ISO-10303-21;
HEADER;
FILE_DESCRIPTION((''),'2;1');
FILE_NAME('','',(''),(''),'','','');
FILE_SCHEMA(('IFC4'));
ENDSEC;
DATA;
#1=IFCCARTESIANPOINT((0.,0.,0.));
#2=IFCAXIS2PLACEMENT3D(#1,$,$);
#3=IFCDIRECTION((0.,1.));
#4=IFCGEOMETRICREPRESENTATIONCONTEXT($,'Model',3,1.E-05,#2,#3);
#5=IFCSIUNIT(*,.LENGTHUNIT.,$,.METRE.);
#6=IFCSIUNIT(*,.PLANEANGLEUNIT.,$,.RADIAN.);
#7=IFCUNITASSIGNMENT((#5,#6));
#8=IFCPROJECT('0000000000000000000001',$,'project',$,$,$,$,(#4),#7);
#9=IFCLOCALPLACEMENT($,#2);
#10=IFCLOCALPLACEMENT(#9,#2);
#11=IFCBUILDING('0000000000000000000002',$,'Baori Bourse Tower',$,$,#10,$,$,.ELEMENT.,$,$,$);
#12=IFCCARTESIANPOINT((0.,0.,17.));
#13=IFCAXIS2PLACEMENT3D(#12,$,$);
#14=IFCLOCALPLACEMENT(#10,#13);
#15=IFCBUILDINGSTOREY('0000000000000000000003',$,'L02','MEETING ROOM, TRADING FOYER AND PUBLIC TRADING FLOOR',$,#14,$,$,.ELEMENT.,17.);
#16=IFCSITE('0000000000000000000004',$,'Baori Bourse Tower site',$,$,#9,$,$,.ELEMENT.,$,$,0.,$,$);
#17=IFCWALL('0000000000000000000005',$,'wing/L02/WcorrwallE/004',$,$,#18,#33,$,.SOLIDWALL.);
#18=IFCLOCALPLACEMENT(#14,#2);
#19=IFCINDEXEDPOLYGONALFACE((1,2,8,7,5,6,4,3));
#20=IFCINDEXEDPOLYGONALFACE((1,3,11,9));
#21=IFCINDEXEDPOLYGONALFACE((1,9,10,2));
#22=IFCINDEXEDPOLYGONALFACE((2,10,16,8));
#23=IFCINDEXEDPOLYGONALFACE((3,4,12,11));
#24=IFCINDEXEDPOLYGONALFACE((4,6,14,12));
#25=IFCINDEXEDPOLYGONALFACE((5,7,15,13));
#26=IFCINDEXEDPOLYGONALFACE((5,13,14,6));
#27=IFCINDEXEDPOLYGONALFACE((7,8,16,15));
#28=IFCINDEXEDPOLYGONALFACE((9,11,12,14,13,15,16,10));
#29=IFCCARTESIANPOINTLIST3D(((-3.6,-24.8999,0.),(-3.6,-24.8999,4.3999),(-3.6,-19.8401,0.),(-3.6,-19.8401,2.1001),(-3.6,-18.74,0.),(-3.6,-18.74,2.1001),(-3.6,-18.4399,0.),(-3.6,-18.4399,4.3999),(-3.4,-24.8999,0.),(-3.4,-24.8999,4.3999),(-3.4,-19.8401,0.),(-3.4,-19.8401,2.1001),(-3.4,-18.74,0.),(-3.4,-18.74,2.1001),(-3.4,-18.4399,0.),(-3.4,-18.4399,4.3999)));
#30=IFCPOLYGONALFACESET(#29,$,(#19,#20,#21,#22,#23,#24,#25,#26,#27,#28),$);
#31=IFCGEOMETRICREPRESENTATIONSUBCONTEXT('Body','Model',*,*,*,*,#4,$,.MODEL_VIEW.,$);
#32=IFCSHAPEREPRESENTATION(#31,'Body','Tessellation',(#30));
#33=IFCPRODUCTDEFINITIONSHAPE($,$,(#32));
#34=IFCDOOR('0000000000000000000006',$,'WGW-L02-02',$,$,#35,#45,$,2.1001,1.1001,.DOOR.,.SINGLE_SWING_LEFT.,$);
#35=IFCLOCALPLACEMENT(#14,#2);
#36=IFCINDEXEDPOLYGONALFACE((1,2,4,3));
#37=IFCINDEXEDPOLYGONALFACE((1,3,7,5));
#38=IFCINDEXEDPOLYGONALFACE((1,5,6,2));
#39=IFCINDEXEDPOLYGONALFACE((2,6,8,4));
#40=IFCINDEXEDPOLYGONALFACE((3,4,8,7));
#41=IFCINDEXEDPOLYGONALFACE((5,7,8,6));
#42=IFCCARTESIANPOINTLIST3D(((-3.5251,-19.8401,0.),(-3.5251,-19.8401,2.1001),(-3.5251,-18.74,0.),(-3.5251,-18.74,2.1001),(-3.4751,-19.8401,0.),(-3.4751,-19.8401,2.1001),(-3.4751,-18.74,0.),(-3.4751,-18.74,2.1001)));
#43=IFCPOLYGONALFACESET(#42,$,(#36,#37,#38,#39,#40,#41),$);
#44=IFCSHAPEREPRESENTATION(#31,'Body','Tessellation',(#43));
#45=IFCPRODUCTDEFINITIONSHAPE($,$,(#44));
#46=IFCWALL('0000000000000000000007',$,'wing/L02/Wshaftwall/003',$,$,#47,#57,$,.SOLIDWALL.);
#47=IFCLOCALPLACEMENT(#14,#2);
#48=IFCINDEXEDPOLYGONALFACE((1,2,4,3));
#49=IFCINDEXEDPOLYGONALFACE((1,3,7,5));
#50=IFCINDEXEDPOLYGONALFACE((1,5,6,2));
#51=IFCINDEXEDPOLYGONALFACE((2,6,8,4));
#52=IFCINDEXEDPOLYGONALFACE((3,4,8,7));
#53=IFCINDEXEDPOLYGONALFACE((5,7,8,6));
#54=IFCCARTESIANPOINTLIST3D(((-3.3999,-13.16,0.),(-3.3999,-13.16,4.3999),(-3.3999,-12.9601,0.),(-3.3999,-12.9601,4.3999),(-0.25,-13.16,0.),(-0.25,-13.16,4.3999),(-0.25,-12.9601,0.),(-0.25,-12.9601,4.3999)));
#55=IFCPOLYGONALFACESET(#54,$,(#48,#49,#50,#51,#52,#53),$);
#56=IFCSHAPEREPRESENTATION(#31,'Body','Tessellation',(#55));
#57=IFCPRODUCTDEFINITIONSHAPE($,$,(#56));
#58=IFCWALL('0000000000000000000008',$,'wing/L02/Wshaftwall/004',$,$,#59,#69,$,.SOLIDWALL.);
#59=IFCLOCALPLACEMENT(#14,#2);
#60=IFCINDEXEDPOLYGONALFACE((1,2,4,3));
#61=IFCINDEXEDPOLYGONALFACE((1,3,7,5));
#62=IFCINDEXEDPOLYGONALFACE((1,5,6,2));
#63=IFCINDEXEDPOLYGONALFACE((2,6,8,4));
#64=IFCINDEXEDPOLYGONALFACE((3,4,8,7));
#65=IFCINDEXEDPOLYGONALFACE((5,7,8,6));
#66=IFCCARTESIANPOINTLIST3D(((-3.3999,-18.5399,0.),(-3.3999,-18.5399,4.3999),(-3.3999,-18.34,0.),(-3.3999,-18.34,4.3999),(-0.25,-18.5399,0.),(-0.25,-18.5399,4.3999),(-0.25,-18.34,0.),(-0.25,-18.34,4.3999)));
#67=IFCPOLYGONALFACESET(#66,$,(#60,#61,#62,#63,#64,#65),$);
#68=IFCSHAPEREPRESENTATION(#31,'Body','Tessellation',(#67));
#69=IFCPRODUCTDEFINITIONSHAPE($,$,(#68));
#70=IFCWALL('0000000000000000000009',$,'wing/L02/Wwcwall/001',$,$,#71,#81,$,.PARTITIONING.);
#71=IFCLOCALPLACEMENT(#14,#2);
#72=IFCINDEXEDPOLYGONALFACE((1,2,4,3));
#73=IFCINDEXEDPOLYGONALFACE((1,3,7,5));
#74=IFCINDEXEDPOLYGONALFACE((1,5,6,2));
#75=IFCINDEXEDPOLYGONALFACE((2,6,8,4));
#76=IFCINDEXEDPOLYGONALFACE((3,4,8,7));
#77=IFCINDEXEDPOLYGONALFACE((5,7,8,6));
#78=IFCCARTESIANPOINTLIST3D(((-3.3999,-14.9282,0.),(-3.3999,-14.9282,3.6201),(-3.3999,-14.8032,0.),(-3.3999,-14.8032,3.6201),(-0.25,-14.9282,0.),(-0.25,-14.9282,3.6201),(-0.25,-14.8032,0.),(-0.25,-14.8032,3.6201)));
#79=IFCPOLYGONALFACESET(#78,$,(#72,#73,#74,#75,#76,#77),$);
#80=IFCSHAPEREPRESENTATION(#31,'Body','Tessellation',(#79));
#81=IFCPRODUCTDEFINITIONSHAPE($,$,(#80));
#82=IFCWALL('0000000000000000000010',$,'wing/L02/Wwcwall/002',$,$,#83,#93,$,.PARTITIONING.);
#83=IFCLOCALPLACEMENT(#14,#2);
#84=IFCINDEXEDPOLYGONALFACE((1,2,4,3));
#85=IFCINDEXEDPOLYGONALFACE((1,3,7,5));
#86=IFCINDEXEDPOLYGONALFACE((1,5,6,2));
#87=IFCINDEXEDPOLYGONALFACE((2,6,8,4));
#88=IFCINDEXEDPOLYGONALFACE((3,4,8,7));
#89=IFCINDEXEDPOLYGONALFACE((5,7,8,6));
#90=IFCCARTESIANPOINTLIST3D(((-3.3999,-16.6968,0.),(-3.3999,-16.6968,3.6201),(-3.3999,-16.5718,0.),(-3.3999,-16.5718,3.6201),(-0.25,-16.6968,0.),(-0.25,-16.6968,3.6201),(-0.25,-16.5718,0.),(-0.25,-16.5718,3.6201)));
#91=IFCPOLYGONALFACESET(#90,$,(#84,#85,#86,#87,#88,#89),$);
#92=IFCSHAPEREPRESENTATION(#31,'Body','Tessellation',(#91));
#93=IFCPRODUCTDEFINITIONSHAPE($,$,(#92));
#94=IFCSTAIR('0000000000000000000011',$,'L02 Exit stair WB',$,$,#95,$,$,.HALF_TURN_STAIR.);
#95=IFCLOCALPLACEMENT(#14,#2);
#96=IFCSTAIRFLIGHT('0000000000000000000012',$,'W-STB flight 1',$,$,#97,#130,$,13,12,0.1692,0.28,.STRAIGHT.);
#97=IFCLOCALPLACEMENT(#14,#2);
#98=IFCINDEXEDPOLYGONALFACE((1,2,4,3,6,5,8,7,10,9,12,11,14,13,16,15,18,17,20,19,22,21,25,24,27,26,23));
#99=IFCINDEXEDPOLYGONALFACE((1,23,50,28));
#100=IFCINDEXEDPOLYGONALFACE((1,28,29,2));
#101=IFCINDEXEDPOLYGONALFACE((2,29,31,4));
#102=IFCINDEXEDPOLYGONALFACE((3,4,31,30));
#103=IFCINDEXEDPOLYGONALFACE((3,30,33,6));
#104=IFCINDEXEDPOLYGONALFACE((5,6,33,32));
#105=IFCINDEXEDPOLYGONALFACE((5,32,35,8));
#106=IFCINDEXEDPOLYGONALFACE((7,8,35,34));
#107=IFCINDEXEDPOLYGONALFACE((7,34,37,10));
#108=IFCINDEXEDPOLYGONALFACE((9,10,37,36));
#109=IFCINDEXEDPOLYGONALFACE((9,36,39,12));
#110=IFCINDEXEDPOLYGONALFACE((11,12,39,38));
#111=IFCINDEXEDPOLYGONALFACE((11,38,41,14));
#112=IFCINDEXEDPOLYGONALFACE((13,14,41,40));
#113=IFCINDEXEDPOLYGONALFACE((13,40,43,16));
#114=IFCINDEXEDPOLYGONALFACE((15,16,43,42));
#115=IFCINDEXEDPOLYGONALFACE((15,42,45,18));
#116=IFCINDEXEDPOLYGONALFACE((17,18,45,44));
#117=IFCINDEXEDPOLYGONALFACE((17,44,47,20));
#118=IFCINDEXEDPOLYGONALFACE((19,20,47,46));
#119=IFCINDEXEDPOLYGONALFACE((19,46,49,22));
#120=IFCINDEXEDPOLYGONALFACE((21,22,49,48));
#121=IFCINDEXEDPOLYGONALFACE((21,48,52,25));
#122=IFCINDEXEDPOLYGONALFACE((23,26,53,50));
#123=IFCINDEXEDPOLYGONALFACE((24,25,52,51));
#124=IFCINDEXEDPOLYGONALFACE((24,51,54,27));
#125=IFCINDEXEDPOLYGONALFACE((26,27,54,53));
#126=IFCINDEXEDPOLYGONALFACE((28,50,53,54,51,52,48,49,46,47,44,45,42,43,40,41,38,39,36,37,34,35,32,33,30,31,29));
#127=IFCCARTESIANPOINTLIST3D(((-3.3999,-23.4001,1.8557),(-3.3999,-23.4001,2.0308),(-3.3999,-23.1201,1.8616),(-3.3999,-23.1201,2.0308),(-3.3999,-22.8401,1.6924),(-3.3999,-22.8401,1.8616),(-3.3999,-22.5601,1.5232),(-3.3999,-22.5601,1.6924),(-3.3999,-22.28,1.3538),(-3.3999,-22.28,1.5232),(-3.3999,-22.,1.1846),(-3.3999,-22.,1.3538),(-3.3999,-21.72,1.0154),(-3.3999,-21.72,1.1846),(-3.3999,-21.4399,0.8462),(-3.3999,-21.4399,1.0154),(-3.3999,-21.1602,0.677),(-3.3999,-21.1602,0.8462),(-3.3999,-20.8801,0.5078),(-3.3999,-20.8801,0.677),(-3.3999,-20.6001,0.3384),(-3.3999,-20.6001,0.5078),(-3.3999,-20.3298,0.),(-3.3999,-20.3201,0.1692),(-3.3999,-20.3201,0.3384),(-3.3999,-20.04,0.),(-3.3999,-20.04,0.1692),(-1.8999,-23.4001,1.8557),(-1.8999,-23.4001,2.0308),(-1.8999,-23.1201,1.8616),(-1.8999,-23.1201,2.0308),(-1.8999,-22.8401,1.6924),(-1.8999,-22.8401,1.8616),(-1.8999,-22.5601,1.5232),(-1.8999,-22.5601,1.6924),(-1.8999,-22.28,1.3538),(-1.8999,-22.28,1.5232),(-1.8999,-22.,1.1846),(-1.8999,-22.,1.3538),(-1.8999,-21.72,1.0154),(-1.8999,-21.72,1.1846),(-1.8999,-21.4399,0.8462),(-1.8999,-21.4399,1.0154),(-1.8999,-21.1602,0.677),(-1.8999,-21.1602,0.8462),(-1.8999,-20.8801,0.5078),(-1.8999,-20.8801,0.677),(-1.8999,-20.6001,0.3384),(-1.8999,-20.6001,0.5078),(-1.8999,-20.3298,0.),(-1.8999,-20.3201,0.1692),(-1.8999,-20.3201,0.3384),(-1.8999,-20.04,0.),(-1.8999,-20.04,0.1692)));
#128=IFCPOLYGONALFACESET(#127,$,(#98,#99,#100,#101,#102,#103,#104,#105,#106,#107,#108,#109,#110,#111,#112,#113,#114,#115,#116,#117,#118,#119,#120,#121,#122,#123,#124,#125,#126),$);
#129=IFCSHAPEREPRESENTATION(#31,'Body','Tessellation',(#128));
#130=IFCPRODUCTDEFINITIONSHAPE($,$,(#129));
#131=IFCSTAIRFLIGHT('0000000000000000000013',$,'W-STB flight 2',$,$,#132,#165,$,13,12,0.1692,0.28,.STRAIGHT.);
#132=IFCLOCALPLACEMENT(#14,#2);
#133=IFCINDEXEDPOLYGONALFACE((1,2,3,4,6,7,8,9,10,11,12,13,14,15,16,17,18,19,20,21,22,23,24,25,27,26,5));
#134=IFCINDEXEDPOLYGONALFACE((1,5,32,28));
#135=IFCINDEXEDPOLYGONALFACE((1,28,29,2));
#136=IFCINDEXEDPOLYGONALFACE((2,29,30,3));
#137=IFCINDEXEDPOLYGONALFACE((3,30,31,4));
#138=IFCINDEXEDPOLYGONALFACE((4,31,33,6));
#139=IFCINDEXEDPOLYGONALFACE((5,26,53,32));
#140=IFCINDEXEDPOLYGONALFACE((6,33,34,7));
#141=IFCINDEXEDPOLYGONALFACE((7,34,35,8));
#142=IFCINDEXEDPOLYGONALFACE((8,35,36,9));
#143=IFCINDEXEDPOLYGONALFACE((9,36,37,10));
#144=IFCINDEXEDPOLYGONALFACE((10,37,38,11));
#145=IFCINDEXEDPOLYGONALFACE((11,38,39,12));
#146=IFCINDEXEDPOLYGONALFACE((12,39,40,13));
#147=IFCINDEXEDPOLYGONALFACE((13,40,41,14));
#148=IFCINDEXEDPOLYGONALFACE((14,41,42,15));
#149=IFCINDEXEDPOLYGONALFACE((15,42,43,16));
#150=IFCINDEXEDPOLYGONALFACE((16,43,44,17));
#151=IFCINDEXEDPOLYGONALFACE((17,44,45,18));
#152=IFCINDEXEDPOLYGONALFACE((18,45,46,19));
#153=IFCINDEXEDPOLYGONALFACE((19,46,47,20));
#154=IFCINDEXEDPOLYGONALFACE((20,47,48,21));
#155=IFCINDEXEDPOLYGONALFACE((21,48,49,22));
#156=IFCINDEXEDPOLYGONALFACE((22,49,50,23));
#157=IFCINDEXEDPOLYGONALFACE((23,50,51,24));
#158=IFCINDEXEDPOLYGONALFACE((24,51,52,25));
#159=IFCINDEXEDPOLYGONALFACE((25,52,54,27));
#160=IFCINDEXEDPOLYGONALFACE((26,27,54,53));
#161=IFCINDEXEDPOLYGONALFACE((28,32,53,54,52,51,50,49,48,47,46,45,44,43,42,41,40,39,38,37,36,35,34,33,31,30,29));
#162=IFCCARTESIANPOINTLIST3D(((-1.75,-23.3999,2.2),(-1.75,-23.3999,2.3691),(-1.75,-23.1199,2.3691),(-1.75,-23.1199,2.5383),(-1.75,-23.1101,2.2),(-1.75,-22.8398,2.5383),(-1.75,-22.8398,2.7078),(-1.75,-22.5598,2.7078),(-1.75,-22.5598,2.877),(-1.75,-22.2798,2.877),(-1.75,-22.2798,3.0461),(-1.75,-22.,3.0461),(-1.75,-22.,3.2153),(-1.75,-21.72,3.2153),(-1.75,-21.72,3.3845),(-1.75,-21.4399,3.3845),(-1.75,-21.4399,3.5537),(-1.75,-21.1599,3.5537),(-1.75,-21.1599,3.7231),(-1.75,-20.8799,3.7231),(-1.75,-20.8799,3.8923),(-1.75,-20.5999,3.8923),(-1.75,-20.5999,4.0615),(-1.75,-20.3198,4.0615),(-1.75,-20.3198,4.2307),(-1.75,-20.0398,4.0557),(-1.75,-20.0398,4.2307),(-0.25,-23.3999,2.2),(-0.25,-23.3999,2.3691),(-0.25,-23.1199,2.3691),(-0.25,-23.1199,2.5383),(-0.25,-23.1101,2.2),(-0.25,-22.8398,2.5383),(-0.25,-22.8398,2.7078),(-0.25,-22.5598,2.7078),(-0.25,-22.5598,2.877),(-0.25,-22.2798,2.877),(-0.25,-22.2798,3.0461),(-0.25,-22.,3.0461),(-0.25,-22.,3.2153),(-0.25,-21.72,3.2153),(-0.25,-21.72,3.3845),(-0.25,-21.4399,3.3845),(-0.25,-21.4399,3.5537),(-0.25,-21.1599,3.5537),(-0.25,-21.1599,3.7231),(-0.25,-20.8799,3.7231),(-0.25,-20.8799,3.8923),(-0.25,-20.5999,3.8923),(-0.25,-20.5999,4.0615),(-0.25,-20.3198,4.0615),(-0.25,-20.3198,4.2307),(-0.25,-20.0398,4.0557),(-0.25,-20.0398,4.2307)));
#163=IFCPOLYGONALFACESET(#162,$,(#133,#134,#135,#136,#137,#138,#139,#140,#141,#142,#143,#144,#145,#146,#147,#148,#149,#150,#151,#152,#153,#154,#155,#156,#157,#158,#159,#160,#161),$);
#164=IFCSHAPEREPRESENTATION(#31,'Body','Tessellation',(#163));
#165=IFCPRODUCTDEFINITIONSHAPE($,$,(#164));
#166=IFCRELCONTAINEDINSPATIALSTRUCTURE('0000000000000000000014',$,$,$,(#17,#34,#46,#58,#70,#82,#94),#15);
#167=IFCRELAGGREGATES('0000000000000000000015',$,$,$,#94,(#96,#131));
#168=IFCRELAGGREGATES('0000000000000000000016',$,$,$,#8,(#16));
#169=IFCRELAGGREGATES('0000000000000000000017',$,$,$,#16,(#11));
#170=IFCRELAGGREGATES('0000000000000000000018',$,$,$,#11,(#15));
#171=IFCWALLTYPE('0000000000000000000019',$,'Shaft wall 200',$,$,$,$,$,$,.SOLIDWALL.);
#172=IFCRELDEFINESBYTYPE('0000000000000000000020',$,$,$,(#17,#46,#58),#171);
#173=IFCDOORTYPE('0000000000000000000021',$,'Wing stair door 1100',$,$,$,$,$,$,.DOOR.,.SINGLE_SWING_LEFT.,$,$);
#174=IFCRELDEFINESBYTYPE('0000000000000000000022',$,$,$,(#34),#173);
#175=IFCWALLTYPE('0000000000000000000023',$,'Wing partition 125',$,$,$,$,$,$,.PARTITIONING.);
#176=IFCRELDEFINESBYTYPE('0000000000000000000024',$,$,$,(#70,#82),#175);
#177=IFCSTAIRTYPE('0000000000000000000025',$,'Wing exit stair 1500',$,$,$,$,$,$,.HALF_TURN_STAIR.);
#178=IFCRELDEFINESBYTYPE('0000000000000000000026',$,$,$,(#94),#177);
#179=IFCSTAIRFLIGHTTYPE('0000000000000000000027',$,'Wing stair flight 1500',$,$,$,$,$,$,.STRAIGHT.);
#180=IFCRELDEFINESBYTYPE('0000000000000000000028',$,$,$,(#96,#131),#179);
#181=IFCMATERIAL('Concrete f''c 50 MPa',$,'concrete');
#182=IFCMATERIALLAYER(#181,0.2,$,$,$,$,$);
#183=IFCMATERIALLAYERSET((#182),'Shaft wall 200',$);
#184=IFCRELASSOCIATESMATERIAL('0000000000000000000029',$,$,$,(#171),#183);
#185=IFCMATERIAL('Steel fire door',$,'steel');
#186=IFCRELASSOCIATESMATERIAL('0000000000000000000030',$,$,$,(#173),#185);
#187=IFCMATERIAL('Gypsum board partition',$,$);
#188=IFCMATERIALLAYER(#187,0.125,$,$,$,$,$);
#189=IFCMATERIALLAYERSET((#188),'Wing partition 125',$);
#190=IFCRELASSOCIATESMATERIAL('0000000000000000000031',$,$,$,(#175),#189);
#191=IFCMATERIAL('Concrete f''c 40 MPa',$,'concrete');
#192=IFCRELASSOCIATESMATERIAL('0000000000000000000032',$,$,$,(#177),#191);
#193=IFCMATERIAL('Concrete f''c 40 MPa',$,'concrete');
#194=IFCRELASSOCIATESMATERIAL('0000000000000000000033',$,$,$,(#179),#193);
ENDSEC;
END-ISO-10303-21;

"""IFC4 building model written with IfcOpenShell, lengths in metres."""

from ifc_helpers import new_model, si_unit, direction, frame, frame_2d, origin, place, context, subcontext, project, spatial, polyline, rectangle, outline, extrude, material, layer, layer_set, type_object, element, fill, aggregate, save


model = new_model("IFC4")

# Units and contexts
model_context = context("Model", 3, precision=1e-05, world=origin(), true_north=direction((0.0, 1.0)))
body_context = subcontext(model_context, "Body", "Model", "MODEL_VIEW")
ifc_project = project(units=[si_unit("LENGTHUNIT", "METRE"), si_unit("PLANEANGLEUNIT", "RADIAN")], contexts=[model_context])

# Site, building, storey
site_placement = place(None, origin())
site = spatial("IfcSite", under=ifc_project, at=site_placement, Name="Baori Bourse Tower site", CompositionType="ELEMENT", RefElevation=0.0)
building_placement = place(site_placement, origin())
building = spatial("IfcBuilding", under=site, at=building_placement, Name="Baori Bourse Tower", CompositionType="ELEMENT")
storey_placement = place(building_placement, frame((0.0, 0.0, 17.0)))
storey = spatial("IfcBuildingStorey", under=building, at=storey_placement, Name="L02", Description="MEETING ROOM, TRADING FOYER AND PUBLIC TRADING FLOOR", CompositionType="ELEMENT", Elevation=17.0)

# Shared definitions
ifc_material_1 = material(Name="Concrete f'c 50 MPa", Category="concrete")
ifc_layer_1 = layer(ifc_material_1, 0.2)
ifc_layer_set_1 = layer_set([ifc_layer_1], Name="Shaft wall 200")
wall_type_1 = type_object("IfcWallType", Name="Shaft wall 200", PredefinedType="SOLIDWALL", material=ifc_layer_set_1)

# Wall, opening, door
wall_1_placement = place(storey_placement, frame((-3.5, -18.4399, 0.0), z_axis=(0.0, 0.0, 1.0), x_axis=(0.0, -1.0, 0.0)))
wall_1 = element("IfcWall", 1, at=wall_1_placement, inside=storey, type_object=wall_type_1, Name="wing/L02/WcorrwallE/004", PredefinedType="SOLIDWALL", context=body_context, shape_type="SweptSolid", body=[
    extrude(rectangle(XDim=6.46, YDim=0.2, at=frame_2d((3.23, 0.0))), origin(), (0.0, 0.0, 1.0), 4.3999),
])
opening_1_placement = place(wall_1_placement, frame((0.3, 0.0, 0.0)))
opening_1 = element("IfcOpeningElement", 2, at=opening_1_placement, cuts=wall_1, PredefinedType="OPENING", context=body_context, shape_type="SweptSolid", body=[
    extrude(rectangle(XDim=1.1001, YDim=2.1001, at=frame_2d((0.55, 1.05))), frame((0.0, 0.1099, 0.0), z_axis=(0.0, -1.0, 0.0), x_axis=(1.0, 0.0, 0.0)), (0.0, 0.0, 1.0), 0.22),
])
ifc_material_2 = material(Name="Steel fire door", Category="steel")
door_type_1 = type_object("IfcDoorType", Name="Wing stair door 1100", OperationType="SINGLE_SWING_LEFT", PredefinedType="DOOR", material=ifc_material_2)
door_1_placement = place(opening_1_placement, origin())
door_1 = element("IfcDoor", 3, at=door_1_placement, inside=storey, type_object=door_type_1, Name="WGW-L02-02", OperationType="SINGLE_SWING_LEFT", OverallHeight=2.1001, OverallWidth=1.1001, PredefinedType="DOOR", context=body_context, shape_type="SweptSolid", body=[
    extrude(rectangle(XDim=1.1001, YDim=2.1001, at=frame_2d((0.55, 1.05))), frame((0.0, 0.0249, 0.0), z_axis=(0.0, -1.0, 0.0), x_axis=(1.0, 0.0, 0.0)), (0.0, 0.0, 1.0), 0.05),
])
fill(opening_1, door_1)

# Walls
for number, where, z_axis, x_axis, name in (
    (4, (-3.3999, -13.0601, 0.0), (0.0, 0.0, 1.0), (1.0, 0.0, 0.0), "wing/L02/Wshaftwall/003"),
    (5, (-3.3999, -18.4399, 0.0), (0.0, 0.0, 1.0), (1.0, 0.0, 0.0), "wing/L02/Wshaftwall/004"),
):
    element("IfcWall", number, at=place(storey_placement, frame(where, z_axis=z_axis, x_axis=x_axis)), inside=storey, type_object=wall_type_1, Name=name, PredefinedType="SOLIDWALL", context=body_context, shape_type="SweptSolid", body=[
        extrude(rectangle(XDim=3.1499, YDim=0.2, at=frame_2d((1.575, 0.0))), origin(), (0.0, 0.0, 1.0), 4.3999),
    ])
ifc_material_3 = material(Name="Gypsum board partition")
ifc_layer_2 = layer(ifc_material_3, 0.125)
ifc_layer_set_2 = layer_set([ifc_layer_2], Name="Wing partition 125")
wall_type_2 = type_object("IfcWallType", Name="Wing partition 125", PredefinedType="PARTITIONING", material=ifc_layer_set_2)
for number, where, z_axis, x_axis, name in (
    (6, (-3.3999, -14.8657, 0.0), (0.0, 0.0, 1.0), (1.0, 0.0, 0.0), "wing/L02/Wwcwall/001"),
    (7, (-3.3999, -16.6343, 0.0), (0.0, 0.0, 1.0), (1.0, 0.0, 0.0), "wing/L02/Wwcwall/002"),
):
    element("IfcWall", number, at=place(storey_placement, frame(where, z_axis=z_axis, x_axis=x_axis)), inside=storey, type_object=wall_type_2, Name=name, PredefinedType="PARTITIONING", context=body_context, shape_type="SweptSolid", body=[
        extrude(rectangle(XDim=3.1499, YDim=0.125, at=frame_2d((1.575, 0.0))), origin(), (0.0, 0.0, 1.0), 3.6201),
    ])

# Stair, stair flights
ifc_material_4 = material(Name="Concrete f'c 40 MPa", Category="concrete")
stair_type = type_object("IfcStairType", Name="Wing exit stair 1500", PredefinedType="HALF_TURN_STAIR", material=ifc_material_4)
stair_placement = place(storey_placement, origin())
stair = element("IfcStair", 8, at=stair_placement, inside=storey, type_object=stair_type, Name="L02 Exit stair WB", PredefinedType="HALF_TURN_STAIR")
ifc_material_5 = material(Name="Concrete f'c 40 MPa", Category="concrete")
stair_flight_type = type_object("IfcStairFlightType", Name="Wing stair flight 1500", PredefinedType="STRAIGHT", material=ifc_material_5)
stair_flight_1_placement = place(storey_placement, frame((-2.6499, -20.04, 0.0), z_axis=(0.0, 0.0, 1.0), x_axis=(0.0, -1.0, 0.0)))
stair_flight_1 = element("IfcStairFlight", 9, at=stair_flight_1_placement, type_object=stair_flight_type, Name="W-STB flight 1", NumberOfRisers=13, NumberOfTreads=12, PredefinedType="STRAIGHT", RiserHeight=0.1692, TreadLength=0.28, context=body_context, shape_type="SweptSolid", body=[
    extrude(outline(polyline([(0.0, 0.0), (0.0, 0.1692), (0.28, 0.1692), (0.28, 0.3384), (0.5601, 0.3384), (0.5601, 0.5078), (0.8401, 0.5078), (0.8401, 0.677), (1.1201, 0.677), (1.1201, 0.8462), (1.3999, 0.8462), (1.3999, 1.0154), (1.6799, 1.0154), (1.6799, 1.1846), (1.96, 1.1846), (1.96, 1.3538), (2.24, 1.3538), (2.24, 1.5232), (2.52, 1.5232), (2.52, 1.6924), (2.8, 1.6924), (2.8, 1.8616), (3.0801, 1.8616), (3.0801, 2.0308), (3.3601, 2.0308), (3.3601, 2.2), (3.3601, 1.8557), (0.2898, 0.0), (0.0, 0.0)])), frame((0.0, 0.75, 0.0), z_axis=(0.0, -1.0, 0.0), x_axis=(1.0, 0.0, 0.0)), (0.0, 0.0, 1.0), 1.5),
])
stair_flight_2_placement = place(storey_placement, frame((-1.0, -23.3999, 2.2), z_axis=(0.0, 0.0, 1.0), x_axis=(0.0, 1.0, 0.0)))
stair_flight_2 = element("IfcStairFlight", 10, at=stair_flight_2_placement, type_object=stair_flight_type, Name="W-STB flight 2", NumberOfRisers=13, NumberOfTreads=12, PredefinedType="STRAIGHT", RiserHeight=0.1692, TreadLength=0.28, context=body_context, shape_type="SweptSolid", body=[
    extrude(outline(polyline([(0.0, 0.0), (0.0, 0.1692), (0.28, 0.1692), (0.28, 0.3384), (0.5601, 0.3384), (0.5601, 0.5078), (0.8401, 0.5078), (0.8401, 0.677), (1.1201, 0.677), (1.1201, 0.8462), (1.3999, 0.8462), (1.3999, 1.0154), (1.6799, 1.0154), (1.6799, 1.1846), (1.96, 1.1846), (1.96, 1.3538), (2.24, 1.3538), (2.24, 1.5232), (2.52, 1.5232), (2.52, 1.6924), (2.8, 1.6924), (2.8, 1.8616), (3.0801, 1.8616), (3.0801, 2.0308), (3.3601, 2.0308), (3.3601, 2.2), (3.3601, 1.8557), (0.2898, 0.0), (0.0, 0.0)])), frame((0.0, 0.75, 0.0), z_axis=(0.0, -1.0, 0.0), x_axis=(1.0, 0.0, 0.0)), (0.0, 0.0, 1.0), 1.5),
])
aggregate(stair, [stair_flight_1, stair_flight_2])

save(model, "model.ifc")
